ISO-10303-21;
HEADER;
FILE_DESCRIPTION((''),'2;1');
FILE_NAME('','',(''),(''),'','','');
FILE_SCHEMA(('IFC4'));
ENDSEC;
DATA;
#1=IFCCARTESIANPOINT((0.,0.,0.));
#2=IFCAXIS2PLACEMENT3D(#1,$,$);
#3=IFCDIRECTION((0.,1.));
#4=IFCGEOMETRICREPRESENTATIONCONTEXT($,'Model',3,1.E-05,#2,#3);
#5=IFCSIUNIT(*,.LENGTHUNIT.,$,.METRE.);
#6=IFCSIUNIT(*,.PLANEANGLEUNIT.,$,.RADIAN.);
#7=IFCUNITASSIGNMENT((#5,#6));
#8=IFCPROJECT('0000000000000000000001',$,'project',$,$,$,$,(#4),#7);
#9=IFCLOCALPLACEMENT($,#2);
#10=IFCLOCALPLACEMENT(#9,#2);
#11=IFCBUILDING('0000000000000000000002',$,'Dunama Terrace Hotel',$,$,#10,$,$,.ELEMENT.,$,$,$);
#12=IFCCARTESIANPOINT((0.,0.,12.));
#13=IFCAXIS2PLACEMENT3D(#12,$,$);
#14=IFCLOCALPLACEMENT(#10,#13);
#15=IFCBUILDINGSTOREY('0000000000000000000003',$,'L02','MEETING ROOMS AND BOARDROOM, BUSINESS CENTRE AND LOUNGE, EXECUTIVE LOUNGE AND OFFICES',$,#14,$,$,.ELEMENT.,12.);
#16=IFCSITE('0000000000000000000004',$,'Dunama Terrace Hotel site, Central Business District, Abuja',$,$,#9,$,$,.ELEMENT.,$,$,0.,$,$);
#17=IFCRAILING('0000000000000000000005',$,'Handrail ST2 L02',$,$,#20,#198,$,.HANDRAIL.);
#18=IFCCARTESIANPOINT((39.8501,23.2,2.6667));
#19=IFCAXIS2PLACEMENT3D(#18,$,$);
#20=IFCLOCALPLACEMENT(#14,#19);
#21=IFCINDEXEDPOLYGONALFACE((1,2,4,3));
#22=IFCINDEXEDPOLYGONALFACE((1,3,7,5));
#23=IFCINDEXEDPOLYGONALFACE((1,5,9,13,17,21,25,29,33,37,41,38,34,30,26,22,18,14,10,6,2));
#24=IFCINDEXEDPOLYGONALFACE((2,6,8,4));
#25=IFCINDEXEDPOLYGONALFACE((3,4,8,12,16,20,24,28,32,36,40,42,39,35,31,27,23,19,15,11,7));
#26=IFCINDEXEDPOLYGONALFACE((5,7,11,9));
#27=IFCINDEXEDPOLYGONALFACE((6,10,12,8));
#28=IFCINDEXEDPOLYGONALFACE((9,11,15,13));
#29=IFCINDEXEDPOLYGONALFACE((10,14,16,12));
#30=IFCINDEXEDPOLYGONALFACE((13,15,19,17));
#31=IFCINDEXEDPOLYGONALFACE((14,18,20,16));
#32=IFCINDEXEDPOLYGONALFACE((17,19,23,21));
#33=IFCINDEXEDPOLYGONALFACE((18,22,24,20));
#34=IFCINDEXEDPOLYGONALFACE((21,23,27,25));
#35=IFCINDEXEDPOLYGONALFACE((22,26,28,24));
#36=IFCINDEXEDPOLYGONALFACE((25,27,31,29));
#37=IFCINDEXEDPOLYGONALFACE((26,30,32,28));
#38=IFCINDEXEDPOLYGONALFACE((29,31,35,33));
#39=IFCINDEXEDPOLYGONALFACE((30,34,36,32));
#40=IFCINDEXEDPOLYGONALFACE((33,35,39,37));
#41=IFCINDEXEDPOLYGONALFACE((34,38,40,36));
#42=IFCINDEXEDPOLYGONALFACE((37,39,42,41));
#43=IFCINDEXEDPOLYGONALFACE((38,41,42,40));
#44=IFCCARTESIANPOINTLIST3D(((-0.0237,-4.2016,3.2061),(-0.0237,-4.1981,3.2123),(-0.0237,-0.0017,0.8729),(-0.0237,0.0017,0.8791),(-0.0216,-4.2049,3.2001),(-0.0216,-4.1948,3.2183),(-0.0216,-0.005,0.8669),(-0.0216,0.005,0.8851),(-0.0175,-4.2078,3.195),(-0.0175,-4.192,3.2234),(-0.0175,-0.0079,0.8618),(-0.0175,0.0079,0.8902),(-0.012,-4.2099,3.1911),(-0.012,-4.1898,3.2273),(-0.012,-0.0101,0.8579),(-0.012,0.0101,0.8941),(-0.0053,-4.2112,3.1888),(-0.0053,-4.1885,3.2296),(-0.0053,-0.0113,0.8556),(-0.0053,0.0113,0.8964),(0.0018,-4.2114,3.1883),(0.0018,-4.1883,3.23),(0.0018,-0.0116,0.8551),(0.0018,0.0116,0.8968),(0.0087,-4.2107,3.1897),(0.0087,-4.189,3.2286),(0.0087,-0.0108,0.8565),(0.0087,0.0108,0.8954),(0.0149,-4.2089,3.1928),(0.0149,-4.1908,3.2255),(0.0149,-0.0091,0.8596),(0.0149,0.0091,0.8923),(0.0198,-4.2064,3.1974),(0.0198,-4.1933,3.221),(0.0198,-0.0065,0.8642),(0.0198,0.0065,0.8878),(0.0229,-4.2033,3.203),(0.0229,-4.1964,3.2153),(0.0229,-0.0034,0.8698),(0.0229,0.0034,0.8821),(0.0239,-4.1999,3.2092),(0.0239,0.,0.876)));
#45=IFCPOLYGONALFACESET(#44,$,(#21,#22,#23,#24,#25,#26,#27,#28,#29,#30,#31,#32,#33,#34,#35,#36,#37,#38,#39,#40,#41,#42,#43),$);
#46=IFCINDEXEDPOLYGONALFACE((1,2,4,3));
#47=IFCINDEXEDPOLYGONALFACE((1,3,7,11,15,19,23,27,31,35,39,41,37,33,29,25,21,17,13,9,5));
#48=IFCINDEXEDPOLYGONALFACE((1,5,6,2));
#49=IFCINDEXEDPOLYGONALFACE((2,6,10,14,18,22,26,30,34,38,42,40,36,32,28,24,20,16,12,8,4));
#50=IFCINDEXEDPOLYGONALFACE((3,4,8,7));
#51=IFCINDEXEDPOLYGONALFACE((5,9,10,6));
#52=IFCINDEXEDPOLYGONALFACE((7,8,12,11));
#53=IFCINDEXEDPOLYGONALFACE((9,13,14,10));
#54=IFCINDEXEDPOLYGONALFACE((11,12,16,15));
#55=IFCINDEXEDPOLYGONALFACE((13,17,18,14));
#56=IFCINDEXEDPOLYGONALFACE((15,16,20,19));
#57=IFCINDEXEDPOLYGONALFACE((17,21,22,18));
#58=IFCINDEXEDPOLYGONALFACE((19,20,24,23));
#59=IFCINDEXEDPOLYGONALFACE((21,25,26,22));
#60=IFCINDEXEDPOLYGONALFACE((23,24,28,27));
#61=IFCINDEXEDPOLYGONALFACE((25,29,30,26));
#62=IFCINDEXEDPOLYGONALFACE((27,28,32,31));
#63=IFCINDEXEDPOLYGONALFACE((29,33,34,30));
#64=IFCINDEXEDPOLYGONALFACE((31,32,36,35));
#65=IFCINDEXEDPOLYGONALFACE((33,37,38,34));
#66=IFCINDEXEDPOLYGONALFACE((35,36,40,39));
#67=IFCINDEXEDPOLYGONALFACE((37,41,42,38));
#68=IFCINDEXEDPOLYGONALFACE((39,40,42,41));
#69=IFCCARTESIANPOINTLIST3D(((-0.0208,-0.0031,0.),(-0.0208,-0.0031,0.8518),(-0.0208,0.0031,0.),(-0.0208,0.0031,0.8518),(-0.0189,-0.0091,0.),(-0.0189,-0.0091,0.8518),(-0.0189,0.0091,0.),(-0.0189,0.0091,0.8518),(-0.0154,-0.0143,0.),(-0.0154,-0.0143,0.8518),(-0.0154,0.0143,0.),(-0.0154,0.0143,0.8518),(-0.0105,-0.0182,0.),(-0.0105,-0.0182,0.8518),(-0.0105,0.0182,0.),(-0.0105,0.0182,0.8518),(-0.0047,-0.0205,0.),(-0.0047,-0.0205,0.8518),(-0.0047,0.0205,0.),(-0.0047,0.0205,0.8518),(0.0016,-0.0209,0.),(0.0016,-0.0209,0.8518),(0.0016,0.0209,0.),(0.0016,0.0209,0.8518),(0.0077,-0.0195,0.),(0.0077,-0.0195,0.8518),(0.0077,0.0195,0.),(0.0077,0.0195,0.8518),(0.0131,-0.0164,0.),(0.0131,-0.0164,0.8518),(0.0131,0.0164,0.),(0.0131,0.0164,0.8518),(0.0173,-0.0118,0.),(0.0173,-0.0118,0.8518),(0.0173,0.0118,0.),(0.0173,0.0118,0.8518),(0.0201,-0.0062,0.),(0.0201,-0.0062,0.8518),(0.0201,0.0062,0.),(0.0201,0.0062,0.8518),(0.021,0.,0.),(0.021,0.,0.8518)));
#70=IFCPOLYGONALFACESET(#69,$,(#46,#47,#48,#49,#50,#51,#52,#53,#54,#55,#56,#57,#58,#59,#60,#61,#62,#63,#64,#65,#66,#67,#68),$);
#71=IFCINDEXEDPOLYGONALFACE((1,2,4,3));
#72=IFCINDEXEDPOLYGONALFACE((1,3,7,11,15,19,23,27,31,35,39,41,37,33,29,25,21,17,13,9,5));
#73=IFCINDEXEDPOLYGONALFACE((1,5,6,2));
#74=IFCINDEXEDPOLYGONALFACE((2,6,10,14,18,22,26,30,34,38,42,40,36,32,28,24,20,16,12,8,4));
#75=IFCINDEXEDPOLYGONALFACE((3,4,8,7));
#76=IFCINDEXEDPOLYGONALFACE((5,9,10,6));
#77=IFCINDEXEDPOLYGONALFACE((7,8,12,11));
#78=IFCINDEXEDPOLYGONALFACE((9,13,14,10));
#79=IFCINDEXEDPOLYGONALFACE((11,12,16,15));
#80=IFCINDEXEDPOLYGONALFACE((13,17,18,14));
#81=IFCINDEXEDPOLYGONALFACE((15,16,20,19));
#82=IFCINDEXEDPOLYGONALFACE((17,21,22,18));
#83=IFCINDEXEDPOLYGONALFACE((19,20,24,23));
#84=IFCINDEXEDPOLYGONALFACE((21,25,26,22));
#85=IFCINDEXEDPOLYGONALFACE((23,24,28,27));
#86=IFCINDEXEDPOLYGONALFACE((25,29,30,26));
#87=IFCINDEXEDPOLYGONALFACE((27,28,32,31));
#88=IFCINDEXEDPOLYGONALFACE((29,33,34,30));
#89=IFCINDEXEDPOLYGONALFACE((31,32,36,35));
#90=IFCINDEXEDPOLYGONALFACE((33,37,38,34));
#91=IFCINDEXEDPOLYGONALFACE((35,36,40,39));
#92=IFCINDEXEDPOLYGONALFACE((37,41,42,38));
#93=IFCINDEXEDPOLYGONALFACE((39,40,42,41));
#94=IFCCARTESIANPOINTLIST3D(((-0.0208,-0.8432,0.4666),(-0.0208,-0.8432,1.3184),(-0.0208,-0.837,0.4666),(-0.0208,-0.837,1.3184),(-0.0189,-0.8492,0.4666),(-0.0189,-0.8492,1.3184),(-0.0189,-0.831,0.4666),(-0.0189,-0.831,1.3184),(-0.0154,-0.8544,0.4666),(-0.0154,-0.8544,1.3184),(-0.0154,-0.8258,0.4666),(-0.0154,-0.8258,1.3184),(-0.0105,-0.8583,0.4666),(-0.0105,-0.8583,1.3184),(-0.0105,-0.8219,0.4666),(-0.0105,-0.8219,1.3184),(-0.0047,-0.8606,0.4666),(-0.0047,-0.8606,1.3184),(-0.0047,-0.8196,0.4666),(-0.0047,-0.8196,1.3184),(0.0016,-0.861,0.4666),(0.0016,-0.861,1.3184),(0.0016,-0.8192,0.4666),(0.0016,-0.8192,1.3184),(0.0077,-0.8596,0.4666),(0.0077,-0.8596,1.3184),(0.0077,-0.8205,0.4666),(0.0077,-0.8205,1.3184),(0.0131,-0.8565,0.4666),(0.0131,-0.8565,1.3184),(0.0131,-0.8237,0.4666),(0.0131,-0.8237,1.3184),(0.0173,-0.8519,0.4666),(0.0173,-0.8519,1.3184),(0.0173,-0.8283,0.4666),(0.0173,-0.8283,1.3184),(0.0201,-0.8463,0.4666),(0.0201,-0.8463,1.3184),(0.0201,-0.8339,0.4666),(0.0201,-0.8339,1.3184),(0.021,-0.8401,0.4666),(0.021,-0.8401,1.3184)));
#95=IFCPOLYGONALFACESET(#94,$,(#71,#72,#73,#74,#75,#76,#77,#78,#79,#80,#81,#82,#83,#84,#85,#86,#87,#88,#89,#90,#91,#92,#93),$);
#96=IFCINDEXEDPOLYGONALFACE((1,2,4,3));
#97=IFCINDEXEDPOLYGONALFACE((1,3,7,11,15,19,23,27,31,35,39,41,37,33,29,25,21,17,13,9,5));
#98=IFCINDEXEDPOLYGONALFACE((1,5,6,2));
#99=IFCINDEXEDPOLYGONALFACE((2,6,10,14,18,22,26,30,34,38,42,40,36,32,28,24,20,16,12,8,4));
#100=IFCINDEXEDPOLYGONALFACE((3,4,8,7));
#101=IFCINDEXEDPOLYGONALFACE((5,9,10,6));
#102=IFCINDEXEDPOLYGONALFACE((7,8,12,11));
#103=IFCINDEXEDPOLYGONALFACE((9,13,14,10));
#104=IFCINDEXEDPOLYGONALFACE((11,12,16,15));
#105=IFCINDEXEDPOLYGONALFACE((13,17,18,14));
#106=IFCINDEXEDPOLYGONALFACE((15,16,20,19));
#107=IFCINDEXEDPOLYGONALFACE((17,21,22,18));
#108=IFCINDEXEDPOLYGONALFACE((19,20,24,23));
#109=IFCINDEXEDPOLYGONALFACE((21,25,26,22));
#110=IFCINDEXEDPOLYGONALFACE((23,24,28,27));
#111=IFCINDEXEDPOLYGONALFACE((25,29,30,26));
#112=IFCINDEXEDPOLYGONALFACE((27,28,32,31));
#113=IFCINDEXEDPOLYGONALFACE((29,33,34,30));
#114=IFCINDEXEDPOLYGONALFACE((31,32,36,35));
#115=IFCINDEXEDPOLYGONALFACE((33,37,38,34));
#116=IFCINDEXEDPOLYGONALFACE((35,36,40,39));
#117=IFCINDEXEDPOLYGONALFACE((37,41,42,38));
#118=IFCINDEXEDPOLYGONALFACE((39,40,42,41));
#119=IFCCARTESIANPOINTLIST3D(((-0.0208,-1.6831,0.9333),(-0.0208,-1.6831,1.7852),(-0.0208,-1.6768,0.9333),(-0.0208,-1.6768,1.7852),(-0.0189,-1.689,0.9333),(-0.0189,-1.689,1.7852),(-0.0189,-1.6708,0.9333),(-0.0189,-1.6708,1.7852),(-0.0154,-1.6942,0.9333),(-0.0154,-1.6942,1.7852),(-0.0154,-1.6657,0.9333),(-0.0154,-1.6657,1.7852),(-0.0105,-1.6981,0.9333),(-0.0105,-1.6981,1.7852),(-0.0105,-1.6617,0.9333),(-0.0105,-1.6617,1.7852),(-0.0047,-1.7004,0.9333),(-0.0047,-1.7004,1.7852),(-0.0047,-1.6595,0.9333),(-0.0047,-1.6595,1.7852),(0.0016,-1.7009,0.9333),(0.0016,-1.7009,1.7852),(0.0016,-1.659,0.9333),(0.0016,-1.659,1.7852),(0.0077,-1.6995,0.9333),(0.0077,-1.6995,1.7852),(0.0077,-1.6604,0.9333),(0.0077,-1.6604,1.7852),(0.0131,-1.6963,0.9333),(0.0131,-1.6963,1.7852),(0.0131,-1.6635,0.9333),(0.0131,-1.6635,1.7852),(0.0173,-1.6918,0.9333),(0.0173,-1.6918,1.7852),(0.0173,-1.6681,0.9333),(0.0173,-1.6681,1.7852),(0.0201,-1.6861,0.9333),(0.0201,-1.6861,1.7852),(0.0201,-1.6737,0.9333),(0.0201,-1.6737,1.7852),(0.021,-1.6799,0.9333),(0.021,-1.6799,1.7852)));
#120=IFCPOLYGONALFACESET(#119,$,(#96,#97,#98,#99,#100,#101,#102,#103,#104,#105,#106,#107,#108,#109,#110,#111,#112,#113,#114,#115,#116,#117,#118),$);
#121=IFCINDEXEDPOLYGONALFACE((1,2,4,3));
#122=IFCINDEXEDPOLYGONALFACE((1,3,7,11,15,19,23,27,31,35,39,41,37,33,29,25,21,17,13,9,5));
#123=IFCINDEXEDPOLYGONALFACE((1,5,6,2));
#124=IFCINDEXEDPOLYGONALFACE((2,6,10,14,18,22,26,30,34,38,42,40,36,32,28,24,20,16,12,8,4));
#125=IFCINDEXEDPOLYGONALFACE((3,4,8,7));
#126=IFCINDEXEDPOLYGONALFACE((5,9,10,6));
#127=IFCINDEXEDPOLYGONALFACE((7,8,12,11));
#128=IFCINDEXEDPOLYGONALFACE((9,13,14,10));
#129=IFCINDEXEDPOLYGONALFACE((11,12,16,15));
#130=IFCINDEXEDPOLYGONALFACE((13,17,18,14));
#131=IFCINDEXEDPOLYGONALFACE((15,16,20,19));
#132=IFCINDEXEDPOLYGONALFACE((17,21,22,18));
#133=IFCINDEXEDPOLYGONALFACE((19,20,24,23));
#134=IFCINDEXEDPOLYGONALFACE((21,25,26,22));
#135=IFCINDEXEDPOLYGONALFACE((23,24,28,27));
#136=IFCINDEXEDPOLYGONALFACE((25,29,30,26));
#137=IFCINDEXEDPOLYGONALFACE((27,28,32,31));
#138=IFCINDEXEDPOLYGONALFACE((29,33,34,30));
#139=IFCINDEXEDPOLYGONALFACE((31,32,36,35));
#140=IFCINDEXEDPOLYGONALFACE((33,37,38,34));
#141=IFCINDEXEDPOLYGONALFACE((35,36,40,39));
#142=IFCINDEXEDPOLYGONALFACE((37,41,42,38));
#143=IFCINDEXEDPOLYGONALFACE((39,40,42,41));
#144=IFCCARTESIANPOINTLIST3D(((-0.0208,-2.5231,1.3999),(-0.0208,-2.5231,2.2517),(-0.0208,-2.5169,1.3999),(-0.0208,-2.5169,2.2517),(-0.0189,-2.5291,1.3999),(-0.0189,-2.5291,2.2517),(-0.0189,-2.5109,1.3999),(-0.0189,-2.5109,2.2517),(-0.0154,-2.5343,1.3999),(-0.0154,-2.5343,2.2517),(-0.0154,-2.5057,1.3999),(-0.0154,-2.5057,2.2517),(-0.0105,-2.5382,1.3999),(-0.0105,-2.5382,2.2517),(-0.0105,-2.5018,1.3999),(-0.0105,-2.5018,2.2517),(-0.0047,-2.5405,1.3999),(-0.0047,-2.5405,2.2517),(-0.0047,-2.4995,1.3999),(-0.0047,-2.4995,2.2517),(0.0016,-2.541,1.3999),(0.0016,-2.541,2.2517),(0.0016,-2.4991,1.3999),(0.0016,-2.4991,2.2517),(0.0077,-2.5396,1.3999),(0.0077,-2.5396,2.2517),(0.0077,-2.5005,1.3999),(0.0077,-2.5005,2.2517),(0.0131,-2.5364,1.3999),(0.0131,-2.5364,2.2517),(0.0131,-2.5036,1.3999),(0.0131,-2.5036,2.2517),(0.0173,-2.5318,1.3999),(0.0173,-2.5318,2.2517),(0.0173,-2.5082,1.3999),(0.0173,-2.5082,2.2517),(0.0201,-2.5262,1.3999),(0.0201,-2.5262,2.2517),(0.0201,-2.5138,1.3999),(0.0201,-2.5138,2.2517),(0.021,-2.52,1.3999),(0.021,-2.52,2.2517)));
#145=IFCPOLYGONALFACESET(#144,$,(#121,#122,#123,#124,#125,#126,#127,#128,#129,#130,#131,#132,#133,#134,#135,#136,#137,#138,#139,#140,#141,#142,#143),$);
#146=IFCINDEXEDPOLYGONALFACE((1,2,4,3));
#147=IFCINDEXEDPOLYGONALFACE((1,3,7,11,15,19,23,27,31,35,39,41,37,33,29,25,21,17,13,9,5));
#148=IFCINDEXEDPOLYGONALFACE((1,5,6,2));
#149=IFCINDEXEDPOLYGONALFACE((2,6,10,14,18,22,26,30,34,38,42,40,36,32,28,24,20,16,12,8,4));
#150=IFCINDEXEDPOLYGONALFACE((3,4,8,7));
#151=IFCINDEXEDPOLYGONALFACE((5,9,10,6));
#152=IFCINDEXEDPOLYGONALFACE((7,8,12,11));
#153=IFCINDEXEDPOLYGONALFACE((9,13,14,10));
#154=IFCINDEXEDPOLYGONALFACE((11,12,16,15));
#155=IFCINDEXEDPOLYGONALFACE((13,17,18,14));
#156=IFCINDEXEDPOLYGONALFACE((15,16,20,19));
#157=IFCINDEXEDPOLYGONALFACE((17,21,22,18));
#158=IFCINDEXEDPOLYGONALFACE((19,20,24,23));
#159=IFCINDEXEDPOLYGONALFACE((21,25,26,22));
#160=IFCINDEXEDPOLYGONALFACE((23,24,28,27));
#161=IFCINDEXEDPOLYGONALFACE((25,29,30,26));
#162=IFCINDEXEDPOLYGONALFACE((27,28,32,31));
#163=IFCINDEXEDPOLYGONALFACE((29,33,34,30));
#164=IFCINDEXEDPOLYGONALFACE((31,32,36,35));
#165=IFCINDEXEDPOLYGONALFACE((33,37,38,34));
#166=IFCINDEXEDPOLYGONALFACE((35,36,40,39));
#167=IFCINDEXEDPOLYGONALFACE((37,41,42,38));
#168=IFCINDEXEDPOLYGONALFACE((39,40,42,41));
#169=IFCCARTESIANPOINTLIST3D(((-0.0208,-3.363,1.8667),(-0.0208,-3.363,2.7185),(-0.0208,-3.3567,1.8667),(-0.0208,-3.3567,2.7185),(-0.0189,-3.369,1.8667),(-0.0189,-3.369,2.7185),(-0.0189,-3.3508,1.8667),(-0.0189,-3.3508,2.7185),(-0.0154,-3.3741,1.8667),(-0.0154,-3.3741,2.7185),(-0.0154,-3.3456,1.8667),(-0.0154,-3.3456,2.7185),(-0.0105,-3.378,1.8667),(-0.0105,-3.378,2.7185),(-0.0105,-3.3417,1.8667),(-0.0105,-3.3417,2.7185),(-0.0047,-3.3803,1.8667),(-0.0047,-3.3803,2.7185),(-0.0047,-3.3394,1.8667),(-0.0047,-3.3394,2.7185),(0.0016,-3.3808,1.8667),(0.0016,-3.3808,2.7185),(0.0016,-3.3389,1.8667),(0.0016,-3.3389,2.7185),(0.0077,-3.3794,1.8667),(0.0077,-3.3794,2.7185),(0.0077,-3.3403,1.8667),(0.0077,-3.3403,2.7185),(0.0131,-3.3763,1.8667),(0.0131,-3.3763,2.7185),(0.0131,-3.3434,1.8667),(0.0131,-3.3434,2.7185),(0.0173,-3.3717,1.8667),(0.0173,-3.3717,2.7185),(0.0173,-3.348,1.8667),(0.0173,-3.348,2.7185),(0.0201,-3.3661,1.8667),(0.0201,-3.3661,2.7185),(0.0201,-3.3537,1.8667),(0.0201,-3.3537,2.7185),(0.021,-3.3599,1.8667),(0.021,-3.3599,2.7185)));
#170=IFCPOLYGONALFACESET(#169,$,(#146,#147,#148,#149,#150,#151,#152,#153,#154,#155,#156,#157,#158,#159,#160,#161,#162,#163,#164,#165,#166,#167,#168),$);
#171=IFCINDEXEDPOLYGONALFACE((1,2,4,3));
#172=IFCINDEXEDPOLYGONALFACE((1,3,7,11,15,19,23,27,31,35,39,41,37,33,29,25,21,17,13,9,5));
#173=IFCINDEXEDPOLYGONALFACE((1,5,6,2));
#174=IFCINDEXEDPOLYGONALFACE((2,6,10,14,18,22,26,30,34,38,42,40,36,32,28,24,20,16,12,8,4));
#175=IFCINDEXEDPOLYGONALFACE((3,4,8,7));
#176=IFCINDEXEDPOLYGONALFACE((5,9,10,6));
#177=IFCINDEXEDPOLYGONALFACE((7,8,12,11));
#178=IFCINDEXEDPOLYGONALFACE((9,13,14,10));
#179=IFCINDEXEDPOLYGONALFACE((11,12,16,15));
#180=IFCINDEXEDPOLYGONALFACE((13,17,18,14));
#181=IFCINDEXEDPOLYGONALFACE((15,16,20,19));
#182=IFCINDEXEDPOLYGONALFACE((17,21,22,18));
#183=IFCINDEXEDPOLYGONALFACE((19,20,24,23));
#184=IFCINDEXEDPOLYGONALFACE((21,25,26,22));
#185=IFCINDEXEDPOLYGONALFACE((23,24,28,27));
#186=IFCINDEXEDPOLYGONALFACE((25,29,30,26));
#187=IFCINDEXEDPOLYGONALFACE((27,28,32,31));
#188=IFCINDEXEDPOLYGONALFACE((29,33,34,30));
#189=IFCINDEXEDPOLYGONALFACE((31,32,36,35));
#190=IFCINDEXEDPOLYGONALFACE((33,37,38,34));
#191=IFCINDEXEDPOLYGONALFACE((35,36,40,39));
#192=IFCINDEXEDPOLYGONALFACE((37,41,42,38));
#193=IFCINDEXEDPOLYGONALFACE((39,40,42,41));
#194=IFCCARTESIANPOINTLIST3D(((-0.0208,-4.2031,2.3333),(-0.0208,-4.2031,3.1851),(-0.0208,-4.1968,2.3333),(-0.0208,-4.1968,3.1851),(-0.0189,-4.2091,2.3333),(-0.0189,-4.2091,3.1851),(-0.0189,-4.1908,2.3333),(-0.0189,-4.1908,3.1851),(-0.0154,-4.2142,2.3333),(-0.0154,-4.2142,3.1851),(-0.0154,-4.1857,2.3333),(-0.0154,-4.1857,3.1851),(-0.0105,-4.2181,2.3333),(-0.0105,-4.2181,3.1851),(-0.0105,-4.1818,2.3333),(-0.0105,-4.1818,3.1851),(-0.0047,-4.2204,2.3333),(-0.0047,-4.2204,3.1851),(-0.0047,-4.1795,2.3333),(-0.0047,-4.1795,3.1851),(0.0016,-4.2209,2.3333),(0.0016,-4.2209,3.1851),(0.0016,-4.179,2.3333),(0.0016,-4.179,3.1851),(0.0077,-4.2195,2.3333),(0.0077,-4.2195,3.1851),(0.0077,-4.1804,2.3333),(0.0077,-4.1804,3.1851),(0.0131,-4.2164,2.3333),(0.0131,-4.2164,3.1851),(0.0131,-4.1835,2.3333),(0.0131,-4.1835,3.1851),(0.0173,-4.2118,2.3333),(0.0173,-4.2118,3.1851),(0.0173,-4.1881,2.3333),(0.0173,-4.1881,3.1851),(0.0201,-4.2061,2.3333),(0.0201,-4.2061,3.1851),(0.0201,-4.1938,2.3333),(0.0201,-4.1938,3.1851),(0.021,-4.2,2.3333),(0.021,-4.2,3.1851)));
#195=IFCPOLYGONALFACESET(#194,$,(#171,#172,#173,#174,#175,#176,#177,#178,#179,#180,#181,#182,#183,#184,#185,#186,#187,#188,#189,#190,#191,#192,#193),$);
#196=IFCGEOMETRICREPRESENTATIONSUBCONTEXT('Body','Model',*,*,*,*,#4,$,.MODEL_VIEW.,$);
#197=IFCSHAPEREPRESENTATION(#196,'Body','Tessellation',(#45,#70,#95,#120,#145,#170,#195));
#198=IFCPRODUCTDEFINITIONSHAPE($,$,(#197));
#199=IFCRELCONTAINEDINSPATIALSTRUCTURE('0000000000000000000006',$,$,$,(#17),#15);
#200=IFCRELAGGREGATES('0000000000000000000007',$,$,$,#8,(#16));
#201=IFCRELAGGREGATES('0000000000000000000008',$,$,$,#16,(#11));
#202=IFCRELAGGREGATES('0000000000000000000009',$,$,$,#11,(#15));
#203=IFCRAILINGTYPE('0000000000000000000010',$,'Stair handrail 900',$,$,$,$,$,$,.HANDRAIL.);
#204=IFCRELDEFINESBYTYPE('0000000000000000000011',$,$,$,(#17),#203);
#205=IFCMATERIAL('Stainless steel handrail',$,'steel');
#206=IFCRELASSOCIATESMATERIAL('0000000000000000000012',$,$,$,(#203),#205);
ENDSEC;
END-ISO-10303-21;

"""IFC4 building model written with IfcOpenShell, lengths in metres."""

from ifc_helpers import new_model, si_unit, direction, frame, origin, origin_2d, place, context, subcontext, project, spatial, circle, extrude, material, type_object, element, save


model = new_model("IFC4")

# Units and contexts
model_context = context("Model", 3, precision=1e-05, world=origin(), true_north=direction((0.0, 1.0)))
body_context = subcontext(model_context, "Body", "Model", "MODEL_VIEW")
ifc_project = project(units=[si_unit("LENGTHUNIT", "METRE"), si_unit("PLANEANGLEUNIT", "RADIAN")], contexts=[model_context])

# Site, building, storey
site_placement = place(None, origin())
site = spatial("IfcSite", under=ifc_project, at=site_placement, Name="Dunama Terrace Hotel site, Central Business District, Abuja", CompositionType="ELEMENT", RefElevation=0.0)
building_placement = place(site_placement, origin())
building = spatial("IfcBuilding", under=site, at=building_placement, Name="Dunama Terrace Hotel", CompositionType="ELEMENT")
storey_placement = place(building_placement, frame((0.0, 0.0, 12.0)))
storey = spatial("IfcBuildingStorey", under=building, at=storey_placement, Name="L02", Description="MEETING ROOMS AND BOARDROOM, BUSINESS CENTRE AND LOUNGE, EXECUTIVE LOUNGE AND OFFICES", CompositionType="ELEMENT", Elevation=12.0)

# Railing
ifc_material_1 = material(Name="Stainless steel handrail", Category="steel")
railing_type = type_object("IfcRailingType", Name="Stair handrail 900", PredefinedType="HANDRAIL", material=ifc_material_1)
railing_1_placement = place(storey_placement, frame((39.8501, 23.2, 2.6667)))
element("IfcRailing", 1, at=railing_1_placement, inside=storey, type_object=railing_type, Name="Handrail ST2 L02", PredefinedType="HANDRAIL", context=body_context, shape_type="SweptSolid", body=[
    extrude(circle(Radius=0.0239, at=origin_2d()), frame((0.0, 0.0, 0.876), z_axis=(0.0, -0.874162, 0.485634), x_axis=(1.0, 0.0, 0.0)), (0.0, 0.0, 1.0), 4.8044),
    extrude(circle(Radius=0.021, at=origin_2d()), origin(), (0.0, 0.0, 1.0), 0.8518),
    extrude(circle(Radius=0.021, at=origin_2d()), frame((0.0, -0.8401, 0.4666)), (0.0, 0.0, 1.0), 0.8518),
    extrude(circle(Radius=0.021, at=origin_2d()), frame((0.0, -1.6799, 0.9333)), (0.0, 0.0, 1.0), 0.8518),
    extrude(circle(Radius=0.021, at=origin_2d()), frame((0.0, -2.52, 1.3999)), (0.0, 0.0, 1.0), 0.8518),
    extrude(circle(Radius=0.021, at=origin_2d()), frame((0.0, -3.3599, 1.8667)), (0.0, 0.0, 1.0), 0.8518),
    extrude(circle(Radius=0.021, at=origin_2d()), frame((0.0, -4.2, 2.3333)), (0.0, 0.0, 1.0), 0.8518),
])

save(model, "model.ifc")
